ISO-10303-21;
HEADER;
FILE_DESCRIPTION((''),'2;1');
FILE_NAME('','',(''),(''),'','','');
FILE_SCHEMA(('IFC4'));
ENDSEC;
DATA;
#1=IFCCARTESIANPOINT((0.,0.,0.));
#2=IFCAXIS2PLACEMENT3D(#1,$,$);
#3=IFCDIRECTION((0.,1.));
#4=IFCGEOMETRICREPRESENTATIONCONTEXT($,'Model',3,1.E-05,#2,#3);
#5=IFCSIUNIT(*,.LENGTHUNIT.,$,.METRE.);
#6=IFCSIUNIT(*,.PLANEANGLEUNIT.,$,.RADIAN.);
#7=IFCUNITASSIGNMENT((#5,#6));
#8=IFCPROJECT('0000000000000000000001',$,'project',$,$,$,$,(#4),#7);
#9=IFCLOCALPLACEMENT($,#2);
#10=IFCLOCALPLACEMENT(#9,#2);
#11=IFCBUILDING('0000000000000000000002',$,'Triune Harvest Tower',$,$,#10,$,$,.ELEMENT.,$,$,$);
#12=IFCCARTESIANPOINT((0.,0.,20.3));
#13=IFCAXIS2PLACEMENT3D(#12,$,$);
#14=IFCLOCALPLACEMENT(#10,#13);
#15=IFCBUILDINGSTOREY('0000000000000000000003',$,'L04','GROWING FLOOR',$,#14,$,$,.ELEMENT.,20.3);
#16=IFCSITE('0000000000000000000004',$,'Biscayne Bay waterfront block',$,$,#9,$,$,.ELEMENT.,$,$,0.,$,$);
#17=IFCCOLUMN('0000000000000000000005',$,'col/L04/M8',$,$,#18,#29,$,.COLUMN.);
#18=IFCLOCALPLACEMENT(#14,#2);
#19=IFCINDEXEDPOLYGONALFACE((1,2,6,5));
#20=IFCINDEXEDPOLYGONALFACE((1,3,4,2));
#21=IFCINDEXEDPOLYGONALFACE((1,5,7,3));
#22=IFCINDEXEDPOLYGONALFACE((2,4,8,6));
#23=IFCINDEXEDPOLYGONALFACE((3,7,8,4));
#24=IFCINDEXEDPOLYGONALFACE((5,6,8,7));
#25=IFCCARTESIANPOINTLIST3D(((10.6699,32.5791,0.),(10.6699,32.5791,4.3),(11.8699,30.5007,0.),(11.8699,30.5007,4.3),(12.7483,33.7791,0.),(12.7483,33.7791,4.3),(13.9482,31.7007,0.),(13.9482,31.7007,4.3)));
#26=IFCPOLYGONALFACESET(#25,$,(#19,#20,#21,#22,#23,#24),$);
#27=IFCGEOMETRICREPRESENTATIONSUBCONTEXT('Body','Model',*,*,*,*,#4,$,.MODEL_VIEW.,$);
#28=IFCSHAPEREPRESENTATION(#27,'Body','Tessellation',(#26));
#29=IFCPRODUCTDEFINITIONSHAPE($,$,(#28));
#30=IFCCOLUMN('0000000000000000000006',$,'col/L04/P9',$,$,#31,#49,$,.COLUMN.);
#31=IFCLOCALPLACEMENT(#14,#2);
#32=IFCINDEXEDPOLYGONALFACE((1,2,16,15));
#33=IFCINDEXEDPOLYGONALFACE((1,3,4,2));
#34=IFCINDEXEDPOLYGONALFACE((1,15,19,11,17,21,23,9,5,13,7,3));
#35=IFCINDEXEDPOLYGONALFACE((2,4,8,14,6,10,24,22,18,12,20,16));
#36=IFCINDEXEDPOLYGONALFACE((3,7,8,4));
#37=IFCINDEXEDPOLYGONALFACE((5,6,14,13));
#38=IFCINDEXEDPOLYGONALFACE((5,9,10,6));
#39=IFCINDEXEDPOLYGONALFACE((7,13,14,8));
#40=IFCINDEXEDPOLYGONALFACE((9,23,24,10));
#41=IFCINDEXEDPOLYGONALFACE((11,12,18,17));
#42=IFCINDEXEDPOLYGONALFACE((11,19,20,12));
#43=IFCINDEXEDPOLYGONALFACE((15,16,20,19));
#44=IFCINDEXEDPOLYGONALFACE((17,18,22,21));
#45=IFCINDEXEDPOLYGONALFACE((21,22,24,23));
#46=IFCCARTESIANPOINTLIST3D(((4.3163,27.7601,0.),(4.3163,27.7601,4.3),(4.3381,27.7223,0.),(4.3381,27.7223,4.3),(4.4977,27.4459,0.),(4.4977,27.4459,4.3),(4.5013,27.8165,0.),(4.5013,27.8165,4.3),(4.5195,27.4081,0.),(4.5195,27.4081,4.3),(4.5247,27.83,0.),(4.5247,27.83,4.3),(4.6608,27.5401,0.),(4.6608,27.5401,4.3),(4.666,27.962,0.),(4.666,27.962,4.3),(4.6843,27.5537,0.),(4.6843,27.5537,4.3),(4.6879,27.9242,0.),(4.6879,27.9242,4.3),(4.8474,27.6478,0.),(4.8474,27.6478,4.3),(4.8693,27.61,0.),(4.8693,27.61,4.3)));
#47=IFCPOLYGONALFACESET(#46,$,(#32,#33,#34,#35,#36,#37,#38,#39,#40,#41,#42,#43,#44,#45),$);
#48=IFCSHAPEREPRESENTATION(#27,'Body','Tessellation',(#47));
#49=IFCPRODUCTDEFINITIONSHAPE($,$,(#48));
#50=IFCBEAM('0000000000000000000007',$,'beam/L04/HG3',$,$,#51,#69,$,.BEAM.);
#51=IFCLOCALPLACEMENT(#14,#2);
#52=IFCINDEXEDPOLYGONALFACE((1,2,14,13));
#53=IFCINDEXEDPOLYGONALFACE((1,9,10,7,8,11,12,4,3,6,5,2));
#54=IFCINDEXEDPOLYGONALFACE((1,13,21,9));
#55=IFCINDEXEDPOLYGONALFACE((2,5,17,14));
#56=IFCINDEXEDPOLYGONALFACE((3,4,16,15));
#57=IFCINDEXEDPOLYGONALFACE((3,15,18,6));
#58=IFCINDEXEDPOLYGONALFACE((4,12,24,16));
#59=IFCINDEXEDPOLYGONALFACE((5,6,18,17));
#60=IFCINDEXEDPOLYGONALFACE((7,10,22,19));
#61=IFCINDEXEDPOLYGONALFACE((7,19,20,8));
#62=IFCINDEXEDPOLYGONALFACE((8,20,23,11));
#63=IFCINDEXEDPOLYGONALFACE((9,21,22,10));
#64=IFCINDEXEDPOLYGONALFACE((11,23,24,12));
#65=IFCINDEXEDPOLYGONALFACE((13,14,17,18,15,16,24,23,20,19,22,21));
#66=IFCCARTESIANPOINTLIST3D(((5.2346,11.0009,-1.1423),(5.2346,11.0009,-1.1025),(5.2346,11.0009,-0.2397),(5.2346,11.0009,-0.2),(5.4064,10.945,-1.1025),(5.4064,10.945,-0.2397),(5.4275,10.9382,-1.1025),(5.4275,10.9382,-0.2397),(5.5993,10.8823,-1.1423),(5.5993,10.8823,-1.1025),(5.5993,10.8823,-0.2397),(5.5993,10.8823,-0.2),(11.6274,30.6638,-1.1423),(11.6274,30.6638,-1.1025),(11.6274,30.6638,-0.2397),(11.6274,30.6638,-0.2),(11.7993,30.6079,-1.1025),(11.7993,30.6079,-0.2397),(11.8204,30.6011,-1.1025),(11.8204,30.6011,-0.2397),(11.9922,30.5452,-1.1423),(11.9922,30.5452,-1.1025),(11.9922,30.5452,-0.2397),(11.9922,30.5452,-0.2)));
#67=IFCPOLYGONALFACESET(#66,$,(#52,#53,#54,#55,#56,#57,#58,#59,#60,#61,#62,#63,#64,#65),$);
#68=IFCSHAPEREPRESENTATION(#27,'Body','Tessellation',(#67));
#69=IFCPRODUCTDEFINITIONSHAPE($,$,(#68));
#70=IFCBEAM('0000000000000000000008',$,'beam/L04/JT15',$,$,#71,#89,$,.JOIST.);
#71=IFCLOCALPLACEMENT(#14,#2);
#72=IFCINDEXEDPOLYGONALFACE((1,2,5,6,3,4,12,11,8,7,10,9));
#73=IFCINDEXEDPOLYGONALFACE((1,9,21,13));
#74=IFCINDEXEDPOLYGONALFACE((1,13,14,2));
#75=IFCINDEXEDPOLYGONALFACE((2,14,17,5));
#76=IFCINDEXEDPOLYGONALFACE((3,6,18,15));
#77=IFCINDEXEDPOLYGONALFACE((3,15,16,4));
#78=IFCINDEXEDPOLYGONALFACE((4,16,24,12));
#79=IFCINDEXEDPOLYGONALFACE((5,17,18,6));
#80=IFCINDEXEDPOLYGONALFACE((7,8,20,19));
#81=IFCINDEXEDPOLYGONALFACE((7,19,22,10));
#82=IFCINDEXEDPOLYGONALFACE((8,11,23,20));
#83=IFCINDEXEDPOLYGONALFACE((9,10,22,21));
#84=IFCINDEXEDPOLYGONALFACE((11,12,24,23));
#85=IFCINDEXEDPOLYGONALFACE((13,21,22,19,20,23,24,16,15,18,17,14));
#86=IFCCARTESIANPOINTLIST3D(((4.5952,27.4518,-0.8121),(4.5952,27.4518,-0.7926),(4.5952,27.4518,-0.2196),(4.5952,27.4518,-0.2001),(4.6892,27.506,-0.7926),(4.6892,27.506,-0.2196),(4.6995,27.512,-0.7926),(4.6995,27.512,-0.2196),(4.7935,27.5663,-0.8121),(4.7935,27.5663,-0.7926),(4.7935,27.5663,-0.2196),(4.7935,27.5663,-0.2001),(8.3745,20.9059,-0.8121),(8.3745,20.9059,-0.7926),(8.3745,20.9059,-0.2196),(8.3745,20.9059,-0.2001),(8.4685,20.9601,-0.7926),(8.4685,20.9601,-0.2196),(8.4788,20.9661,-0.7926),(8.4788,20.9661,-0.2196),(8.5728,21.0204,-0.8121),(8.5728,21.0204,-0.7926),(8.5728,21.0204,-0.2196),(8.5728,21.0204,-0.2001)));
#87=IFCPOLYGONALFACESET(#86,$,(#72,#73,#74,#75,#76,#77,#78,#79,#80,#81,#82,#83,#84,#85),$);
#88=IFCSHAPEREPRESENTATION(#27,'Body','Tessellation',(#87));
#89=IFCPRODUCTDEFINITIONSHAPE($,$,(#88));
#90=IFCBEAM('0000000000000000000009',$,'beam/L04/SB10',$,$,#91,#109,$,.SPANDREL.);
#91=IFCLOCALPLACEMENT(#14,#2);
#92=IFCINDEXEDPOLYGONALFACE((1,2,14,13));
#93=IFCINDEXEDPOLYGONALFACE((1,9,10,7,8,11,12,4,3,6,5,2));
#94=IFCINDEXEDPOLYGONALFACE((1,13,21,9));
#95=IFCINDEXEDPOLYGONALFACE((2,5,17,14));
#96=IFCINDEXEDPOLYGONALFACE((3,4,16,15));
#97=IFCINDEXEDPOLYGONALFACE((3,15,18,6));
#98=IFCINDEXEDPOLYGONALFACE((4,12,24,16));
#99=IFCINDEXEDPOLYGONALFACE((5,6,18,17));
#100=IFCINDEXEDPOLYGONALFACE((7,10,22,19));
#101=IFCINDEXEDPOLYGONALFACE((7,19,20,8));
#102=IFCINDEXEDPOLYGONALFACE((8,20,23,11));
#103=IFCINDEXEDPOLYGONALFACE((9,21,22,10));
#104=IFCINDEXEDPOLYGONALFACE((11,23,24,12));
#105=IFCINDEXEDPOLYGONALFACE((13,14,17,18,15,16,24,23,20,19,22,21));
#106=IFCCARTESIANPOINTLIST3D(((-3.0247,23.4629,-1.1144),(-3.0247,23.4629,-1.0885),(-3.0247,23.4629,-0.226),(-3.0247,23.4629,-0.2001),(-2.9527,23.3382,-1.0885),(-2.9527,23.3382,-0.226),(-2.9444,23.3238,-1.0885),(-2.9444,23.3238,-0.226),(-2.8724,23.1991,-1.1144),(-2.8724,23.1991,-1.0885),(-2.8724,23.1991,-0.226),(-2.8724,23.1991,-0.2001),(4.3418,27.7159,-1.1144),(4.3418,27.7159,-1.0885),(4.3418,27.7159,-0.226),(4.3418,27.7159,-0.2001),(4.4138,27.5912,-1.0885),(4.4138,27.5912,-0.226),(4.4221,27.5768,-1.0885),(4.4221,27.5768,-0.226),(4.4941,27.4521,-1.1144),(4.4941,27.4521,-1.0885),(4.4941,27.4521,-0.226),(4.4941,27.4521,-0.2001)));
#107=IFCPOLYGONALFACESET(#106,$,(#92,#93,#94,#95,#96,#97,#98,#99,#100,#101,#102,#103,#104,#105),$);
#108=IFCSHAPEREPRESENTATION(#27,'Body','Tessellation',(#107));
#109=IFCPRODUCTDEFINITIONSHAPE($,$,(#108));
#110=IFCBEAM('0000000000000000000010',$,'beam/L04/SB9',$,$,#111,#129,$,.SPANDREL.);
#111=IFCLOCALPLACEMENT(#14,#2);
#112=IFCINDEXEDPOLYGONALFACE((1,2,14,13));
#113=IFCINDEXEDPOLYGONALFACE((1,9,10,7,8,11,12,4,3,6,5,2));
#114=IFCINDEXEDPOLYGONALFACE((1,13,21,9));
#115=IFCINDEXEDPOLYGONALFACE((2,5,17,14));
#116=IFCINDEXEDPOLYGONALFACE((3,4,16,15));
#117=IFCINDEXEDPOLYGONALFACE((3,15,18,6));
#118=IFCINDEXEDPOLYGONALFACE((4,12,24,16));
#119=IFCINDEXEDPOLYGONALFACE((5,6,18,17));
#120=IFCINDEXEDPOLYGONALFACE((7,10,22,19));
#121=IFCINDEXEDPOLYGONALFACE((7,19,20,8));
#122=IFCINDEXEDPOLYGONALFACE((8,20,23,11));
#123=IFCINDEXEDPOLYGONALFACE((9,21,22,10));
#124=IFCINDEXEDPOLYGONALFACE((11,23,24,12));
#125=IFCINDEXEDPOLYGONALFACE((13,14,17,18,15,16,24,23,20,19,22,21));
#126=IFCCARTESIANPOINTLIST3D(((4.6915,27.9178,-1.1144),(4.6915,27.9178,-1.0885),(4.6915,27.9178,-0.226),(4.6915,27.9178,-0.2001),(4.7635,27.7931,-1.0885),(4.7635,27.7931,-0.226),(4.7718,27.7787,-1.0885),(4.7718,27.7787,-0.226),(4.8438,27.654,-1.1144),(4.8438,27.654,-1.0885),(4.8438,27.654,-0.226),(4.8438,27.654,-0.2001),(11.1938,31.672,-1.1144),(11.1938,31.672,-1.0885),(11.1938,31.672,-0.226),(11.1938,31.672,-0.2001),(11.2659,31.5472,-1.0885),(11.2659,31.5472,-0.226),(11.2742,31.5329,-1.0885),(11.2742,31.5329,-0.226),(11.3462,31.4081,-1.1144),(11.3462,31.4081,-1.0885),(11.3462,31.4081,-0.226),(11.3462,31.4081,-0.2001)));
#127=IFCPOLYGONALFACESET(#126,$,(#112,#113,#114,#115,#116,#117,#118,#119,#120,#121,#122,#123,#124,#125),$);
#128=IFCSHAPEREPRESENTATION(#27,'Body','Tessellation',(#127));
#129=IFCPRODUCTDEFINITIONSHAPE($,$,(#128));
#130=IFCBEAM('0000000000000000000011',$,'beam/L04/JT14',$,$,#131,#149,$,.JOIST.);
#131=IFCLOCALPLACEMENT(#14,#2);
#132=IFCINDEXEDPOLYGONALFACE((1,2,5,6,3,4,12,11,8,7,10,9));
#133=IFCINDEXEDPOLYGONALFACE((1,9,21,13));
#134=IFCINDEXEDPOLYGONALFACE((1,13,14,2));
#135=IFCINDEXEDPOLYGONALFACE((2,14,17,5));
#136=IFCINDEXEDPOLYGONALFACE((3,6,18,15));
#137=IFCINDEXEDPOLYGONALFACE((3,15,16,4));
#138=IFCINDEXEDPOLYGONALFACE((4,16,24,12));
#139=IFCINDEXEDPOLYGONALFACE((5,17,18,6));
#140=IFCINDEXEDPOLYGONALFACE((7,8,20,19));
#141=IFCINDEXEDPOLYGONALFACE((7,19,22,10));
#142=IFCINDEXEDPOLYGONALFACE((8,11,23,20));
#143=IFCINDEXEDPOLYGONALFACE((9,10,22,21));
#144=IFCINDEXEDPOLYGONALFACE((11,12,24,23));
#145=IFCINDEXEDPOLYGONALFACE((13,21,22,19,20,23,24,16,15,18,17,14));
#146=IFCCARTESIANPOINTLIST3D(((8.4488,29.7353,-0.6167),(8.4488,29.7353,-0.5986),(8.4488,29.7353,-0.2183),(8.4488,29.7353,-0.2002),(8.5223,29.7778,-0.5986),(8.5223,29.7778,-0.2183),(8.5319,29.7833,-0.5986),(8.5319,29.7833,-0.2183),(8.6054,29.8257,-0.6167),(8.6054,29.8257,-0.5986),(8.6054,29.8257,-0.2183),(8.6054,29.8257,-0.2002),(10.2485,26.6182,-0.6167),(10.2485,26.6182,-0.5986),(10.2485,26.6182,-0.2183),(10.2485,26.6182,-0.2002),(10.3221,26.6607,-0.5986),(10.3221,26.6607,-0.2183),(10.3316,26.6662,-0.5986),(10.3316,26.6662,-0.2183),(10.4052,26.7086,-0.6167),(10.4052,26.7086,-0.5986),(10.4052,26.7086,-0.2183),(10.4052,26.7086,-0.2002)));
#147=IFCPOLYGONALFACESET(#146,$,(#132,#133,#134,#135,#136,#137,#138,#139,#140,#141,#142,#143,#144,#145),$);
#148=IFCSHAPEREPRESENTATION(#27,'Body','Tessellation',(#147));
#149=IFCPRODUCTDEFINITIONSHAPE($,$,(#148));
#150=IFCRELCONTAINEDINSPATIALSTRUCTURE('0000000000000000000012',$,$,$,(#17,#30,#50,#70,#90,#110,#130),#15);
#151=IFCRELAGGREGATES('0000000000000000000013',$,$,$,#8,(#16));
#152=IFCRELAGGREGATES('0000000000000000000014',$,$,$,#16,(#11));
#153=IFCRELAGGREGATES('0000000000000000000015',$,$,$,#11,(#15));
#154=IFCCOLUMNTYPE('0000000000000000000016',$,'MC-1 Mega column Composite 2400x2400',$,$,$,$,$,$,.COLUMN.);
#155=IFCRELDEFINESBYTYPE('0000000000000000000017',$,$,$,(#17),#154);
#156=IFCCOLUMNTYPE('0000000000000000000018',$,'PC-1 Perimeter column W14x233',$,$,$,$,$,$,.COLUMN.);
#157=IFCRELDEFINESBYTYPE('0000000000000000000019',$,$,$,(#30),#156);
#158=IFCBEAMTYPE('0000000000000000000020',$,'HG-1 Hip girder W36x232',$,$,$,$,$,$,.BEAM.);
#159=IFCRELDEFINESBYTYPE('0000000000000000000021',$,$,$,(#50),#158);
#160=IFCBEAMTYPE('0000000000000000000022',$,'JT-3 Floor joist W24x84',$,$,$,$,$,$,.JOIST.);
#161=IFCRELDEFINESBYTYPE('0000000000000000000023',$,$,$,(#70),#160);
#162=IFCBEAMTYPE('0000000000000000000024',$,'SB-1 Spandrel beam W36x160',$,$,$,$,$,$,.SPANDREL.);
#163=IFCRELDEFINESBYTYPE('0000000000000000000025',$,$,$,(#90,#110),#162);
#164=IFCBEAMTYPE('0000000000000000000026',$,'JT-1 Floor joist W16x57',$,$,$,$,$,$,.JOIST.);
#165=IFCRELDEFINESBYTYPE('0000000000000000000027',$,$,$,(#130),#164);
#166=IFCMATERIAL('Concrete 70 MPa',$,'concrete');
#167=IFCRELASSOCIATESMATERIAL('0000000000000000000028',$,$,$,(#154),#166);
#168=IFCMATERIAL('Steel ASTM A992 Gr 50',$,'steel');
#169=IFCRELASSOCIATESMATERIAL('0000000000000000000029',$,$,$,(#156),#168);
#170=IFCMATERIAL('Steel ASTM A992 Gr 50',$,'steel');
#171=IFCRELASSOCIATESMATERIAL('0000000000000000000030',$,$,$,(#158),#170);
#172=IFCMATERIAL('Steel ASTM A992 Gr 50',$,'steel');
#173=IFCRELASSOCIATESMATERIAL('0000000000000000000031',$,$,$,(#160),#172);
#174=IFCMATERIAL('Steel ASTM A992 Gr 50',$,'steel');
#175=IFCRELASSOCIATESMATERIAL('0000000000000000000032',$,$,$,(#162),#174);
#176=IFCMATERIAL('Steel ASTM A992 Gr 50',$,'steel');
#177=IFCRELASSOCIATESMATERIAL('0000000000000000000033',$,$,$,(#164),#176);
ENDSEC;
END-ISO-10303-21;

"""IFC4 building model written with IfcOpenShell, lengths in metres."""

from ifc_helpers import new_model, si_unit, direction, frame, origin, origin_2d, place, context, subcontext, project, spatial, rectangle, i_section, extrude, source, transform, mapped, material, material_profile, profile_set, type_object, element, save


model = new_model("IFC4")

# Units and contexts
model_context = context("Model", 3, precision=1e-05, world=origin(), true_north=direction((0.0, 1.0)))
body_context = subcontext(model_context, "Body", "Model", "MODEL_VIEW")
ifc_project = project(units=[si_unit("LENGTHUNIT", "METRE"), si_unit("PLANEANGLEUNIT", "RADIAN")], contexts=[model_context])

# Site, building, storey
site_placement = place(None, origin())
site = spatial("IfcSite", under=ifc_project, at=site_placement, Name="Biscayne Bay waterfront block", CompositionType="ELEMENT", RefElevation=0.0)
building_placement = place(site_placement, origin())
building = spatial("IfcBuilding", under=site, at=building_placement, Name="Triune Harvest Tower", CompositionType="ELEMENT")
storey_placement = place(building_placement, frame((0.0, 0.0, 20.3)))
storey = spatial("IfcBuildingStorey", under=building, at=storey_placement, Name="L04", Description="GROWING FLOOR", CompositionType="ELEMENT", Elevation=20.3)

# Columns
ifc_material_1 = material(Name="Concrete 70 MPa", Category="concrete")
ifc_material_profile_1 = material_profile(ifc_material_1, rectangle(XDim=2.3999, YDim=2.3999, at=origin_2d()), Name="Composite 2400x2400")
ifc_profile_set_1 = profile_set([ifc_material_profile_1], Name="Concrete 70 MPa")
column_type_1 = type_object("IfcColumnType", Name="MC-1 Mega column Composite 2400x2400", PredefinedType="COLUMN", material=ifc_profile_set_1)
shared_shape_1 = source(origin(), body_context, "Body", "SweptSolid", [
    extrude(rectangle(XDim=2.3999, YDim=2.3999, at=origin_2d()), origin(), (0.0, 0.0, 1.0), 4.3),
])
column_1_placement = place(storey_placement, frame((12.3091, 32.1399, 0.0), z_axis=(0.0, 0.0, 1.0), x_axis=(-0.866025, -0.5, 0.0)))
element("IfcColumn", 1, at=column_1_placement, inside=storey, type_object=column_type_1, Name="col/L04/M8", PredefinedType="COLUMN", context=body_context, shape_type="MappedRepresentation", body=[
    mapped(shared_shape_1, transform((0.0, 0.0, 0.0), scale=1.0)),
])
ifc_material_2 = material(Name="Steel ASTM A992 Gr 50", Category="steel")
ifc_material_profile_2 = material_profile(ifc_material_2, i_section(OverallWidth=0.4038, OverallDepth=0.4065, WebThickness=0.0271, FlangeThickness=0.0437, at=origin_2d()), Name="W14x233")
ifc_profile_set_2 = profile_set([ifc_material_profile_2], Name="Steel ASTM A992 Gr 50")
column_type_2 = type_object("IfcColumnType", Name="PC-1 Perimeter column W14x233", PredefinedType="COLUMN", material=ifc_profile_set_2)
shared_shape_2 = source(origin(), body_context, "Body", "SweptSolid", [
    extrude(i_section(OverallWidth=0.4038, OverallDepth=0.4065, WebThickness=0.0271, FlangeThickness=0.0437, at=origin_2d()), origin(), (0.0, 0.0, 1.0), 4.3),
])
column_2_placement = place(storey_placement, frame((4.5928, 27.6851, 0.0), z_axis=(0.0, 0.0, 1.0), x_axis=(-0.866025, -0.5, 0.0)))
element("IfcColumn", 2, at=column_2_placement, inside=storey, type_object=column_type_2, Name="col/L04/P9", PredefinedType="COLUMN", context=body_context, shape_type="MappedRepresentation", body=[
    mapped(shared_shape_2, transform((0.0, 0.0, 0.0), scale=1.0)),
])

# Beams
ifc_material_3 = material(Name="Steel ASTM A992 Gr 50", Category="steel")
ifc_material_profile_3 = material_profile(ifc_material_3, i_section(OverallWidth=0.3835, OverallDepth=0.9424, WebThickness=0.0222, FlangeThickness=0.0398, at=origin_2d()), Name="W36x232")
ifc_profile_set_3 = profile_set([ifc_material_profile_3], Name="Steel ASTM A992 Gr 50")
beam_type_1 = type_object("IfcBeamType", Name="HG-1 Hip girder W36x232", PredefinedType="BEAM", material=ifc_profile_set_3)
shared_shape_3 = source(origin(), body_context, "Body", "SweptSolid", [
    extrude(i_section(OverallWidth=0.3835, OverallDepth=0.9424, WebThickness=0.0222, FlangeThickness=0.0398, at=origin_2d()), origin(), (0.0, 0.0, 1.0), 20.676),
])
beam_1_placement = place(storey_placement, frame((11.8098, 30.6045, -0.6711), z_axis=(-0.309191, -0.951, 0.0), x_axis=(0.951, -0.309191, 0.0)))
element("IfcBeam", 3, at=beam_1_placement, inside=storey, type_object=beam_type_1, Name="beam/L04/HG3", PredefinedType="BEAM", context=body_context, shape_type="MappedRepresentation", body=[
    mapped(shared_shape_3, transform((0.0, 0.0, 0.0), scale=1.0)),
])
ifc_material_4 = material(Name="Steel ASTM A992 Gr 50", Category="steel")
ifc_material_profile_4 = material_profile(ifc_material_4, i_section(OverallWidth=0.229, OverallDepth=0.6121, WebThickness=0.012, FlangeThickness=0.0195, at=origin_2d()), Name="W24x84")
ifc_profile_set_4 = profile_set([ifc_material_profile_4], Name="Steel ASTM A992 Gr 50")
beam_type_2 = type_object("IfcBeamType", Name="JT-3 Floor joist W24x84", PredefinedType="JOIST", material=ifc_profile_set_4)
shared_shape_4 = source(origin(), body_context, "Body", "SweptSolid", [
    extrude(i_section(OverallWidth=0.229, OverallDepth=0.6121, WebThickness=0.012, FlangeThickness=0.0195, at=origin_2d()), origin(), (0.0, 0.0, 1.0), 7.5586),
])
beam_2_placement = place(storey_placement, frame((4.6943, 27.509, -0.5061), z_axis=(0.500002, -0.866024, 0.0), x_axis=(0.866024, 0.500002, 0.0)))
element("IfcBeam", 4, at=beam_2_placement, inside=storey, type_object=beam_type_2, Name="beam/L04/JT15", PredefinedType="JOIST", context=body_context, shape_type="MappedRepresentation", body=[
    mapped(shared_shape_4, transform((0.0, 0.0, 0.0), scale=1.0)),
])
ifc_material_5 = material(Name="Steel ASTM A992 Gr 50", Category="steel")
ifc_material_profile_5 = material_profile(ifc_material_5, i_section(OverallWidth=0.3047, OverallDepth=0.9143, WebThickness=0.0166, FlangeThickness=0.0259, at=origin_2d()), Name="W36x160")
ifc_profile_set_5 = profile_set([ifc_material_profile_5], Name="Steel ASTM A992 Gr 50")
beam_type_3 = type_object("IfcBeamType", Name="SB-1 Spandrel beam W36x160", PredefinedType="SPANDREL", material=ifc_profile_set_5)
shared_shape_5 = source(origin(), body_context, "Body", "SweptSolid", [
    extrude(i_section(OverallWidth=0.3047, OverallDepth=0.9143, WebThickness=0.0166, FlangeThickness=0.0259, at=origin_2d()), origin(), (0.0, 0.0, 1.0), 8.5061),
])
beam_3_placement = place(storey_placement, frame((4.418, 27.584, -0.6572), z_axis=(-0.86603, -0.499992, 0.0), x_axis=(0.499992, -0.86603, 0.0)))
element("IfcBeam", 5, at=beam_3_placement, inside=storey, type_object=beam_type_3, Name="beam/L04/SB10", PredefinedType="SPANDREL", context=body_context, shape_type="MappedRepresentation", body=[
    mapped(shared_shape_5, transform((0.0, 0.0, 0.0), scale=1.0)),
])
shared_shape_6 = source(origin(), body_context, "Body", "SweptSolid", [
    extrude(i_section(OverallWidth=0.3047, OverallDepth=0.9143, WebThickness=0.0166, FlangeThickness=0.0259, at=origin_2d()), origin(), (0.0, 0.0, 1.0), 7.5083),
])
beam_4_placement = place(storey_placement, frame((11.27, 31.54, -0.6572), z_axis=(-0.866027, -0.499996, 0.0), x_axis=(0.499996, -0.866027, 0.0)))
element("IfcBeam", 6, at=beam_4_placement, inside=storey, type_object=beam_type_3, Name="beam/L04/SB9", PredefinedType="SPANDREL", context=body_context, shape_type="MappedRepresentation", body=[
    mapped(shared_shape_6, transform((0.0, 0.0, 0.0), scale=1.0)),
])
ifc_material_6 = material(Name="Steel ASTM A992 Gr 50", Category="steel")
ifc_material_profile_6 = material_profile(ifc_material_6, i_section(OverallWidth=0.1809, OverallDepth=0.4165, WebThickness=0.011, FlangeThickness=0.0181, at=origin_2d()), Name="W16x57")
ifc_profile_set_6 = profile_set([ifc_material_profile_6], Name="Steel ASTM A992 Gr 50")
beam_type_4 = type_object("IfcBeamType", Name="JT-1 Floor joist W16x57", PredefinedType="JOIST", material=ifc_profile_set_6)
shared_shape_7 = source(origin(), body_context, "Body", "SweptSolid", [
    extrude(i_section(OverallWidth=0.1809, OverallDepth=0.4165, WebThickness=0.011, FlangeThickness=0.0181, at=origin_2d()), origin(), (0.0, 0.0, 1.0), 3.5994),
])
beam_5_placement = place(storey_placement, frame((8.5271, 29.7805, -0.4084), z_axis=(0.50002, -0.866014, 0.0), x_axis=(0.866014, 0.50002, 0.0)))
element("IfcBeam", 7, at=beam_5_placement, inside=storey, type_object=beam_type_4, Name="beam/L04/JT14", PredefinedType="JOIST", context=body_context, shape_type="MappedRepresentation", body=[
    mapped(shared_shape_7, transform((0.0, 0.0, 0.0), scale=1.0)),
])

save(model, "model.ifc")
